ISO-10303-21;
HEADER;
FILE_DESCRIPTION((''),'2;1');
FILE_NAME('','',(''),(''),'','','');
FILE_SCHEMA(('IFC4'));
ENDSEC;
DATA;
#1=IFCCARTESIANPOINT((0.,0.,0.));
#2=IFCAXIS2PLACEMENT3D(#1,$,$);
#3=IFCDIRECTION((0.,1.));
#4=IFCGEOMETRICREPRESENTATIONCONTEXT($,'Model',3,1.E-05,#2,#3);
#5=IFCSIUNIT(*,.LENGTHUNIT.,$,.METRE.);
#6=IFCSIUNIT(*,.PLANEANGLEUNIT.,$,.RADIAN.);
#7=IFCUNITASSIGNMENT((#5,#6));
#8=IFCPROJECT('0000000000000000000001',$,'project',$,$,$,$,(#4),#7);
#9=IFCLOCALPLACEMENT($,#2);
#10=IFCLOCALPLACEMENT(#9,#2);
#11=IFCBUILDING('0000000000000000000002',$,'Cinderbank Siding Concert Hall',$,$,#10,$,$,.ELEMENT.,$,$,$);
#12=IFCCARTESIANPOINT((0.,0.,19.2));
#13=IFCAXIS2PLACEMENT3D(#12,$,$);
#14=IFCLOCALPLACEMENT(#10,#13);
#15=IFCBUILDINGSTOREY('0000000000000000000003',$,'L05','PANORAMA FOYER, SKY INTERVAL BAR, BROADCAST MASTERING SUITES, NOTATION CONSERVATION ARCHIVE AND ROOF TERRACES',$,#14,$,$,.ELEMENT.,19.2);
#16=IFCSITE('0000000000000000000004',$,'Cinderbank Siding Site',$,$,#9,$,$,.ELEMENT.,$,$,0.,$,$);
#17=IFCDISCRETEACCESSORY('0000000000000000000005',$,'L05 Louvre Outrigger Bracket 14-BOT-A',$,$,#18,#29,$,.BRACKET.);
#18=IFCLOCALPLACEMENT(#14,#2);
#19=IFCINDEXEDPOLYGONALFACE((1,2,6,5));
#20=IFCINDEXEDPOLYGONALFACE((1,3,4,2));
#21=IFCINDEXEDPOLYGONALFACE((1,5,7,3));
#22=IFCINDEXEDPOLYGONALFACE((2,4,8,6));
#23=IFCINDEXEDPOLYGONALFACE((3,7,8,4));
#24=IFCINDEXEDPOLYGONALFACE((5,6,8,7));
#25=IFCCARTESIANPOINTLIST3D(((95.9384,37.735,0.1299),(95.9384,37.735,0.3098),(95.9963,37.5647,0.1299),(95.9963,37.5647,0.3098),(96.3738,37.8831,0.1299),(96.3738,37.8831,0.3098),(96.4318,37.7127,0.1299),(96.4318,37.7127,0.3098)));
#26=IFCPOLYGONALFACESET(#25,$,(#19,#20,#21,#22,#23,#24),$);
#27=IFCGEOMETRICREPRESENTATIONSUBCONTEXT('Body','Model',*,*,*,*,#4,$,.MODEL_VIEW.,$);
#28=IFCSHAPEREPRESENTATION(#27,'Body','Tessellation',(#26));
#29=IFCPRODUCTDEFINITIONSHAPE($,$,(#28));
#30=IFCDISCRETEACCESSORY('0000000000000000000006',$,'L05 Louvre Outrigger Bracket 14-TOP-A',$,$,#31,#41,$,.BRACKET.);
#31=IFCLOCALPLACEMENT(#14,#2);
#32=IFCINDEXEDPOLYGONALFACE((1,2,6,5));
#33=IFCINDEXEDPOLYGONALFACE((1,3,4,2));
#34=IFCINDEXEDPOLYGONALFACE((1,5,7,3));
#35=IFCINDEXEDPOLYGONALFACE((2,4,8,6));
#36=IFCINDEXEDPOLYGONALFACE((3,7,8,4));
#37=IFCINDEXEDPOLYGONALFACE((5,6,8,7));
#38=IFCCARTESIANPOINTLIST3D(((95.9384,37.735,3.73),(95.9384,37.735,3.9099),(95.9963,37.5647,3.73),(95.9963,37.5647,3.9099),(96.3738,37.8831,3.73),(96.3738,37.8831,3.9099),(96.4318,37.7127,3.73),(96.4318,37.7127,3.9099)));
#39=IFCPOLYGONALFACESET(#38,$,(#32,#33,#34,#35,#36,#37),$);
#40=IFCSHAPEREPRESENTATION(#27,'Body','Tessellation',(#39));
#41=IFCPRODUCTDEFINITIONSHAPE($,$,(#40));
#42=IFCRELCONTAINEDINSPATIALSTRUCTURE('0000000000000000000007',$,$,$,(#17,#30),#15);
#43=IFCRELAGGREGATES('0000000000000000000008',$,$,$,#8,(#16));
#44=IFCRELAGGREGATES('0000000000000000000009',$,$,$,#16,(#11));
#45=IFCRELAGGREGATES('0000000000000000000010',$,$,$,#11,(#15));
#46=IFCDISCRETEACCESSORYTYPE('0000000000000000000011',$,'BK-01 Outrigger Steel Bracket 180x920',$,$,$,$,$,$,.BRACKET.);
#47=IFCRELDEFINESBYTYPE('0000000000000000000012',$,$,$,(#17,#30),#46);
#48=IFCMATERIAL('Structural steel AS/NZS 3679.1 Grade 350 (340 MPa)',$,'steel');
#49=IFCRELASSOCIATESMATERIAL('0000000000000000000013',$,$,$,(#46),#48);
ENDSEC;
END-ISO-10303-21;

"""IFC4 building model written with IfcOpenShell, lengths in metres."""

from ifc_helpers import new_model, si_unit, direction, frame, origin, origin_2d, place, context, subcontext, project, spatial, rectangle, extrude, material, type_object, element, save


model = new_model("IFC4")

# Units and contexts
model_context = context("Model", 3, precision=1e-05, world=origin(), true_north=direction((0.0, 1.0)))
body_context = subcontext(model_context, "Body", "Model", "MODEL_VIEW")
ifc_project = project(units=[si_unit("LENGTHUNIT", "METRE"), si_unit("PLANEANGLEUNIT", "RADIAN")], contexts=[model_context])

# Site, building, storey
site_placement = place(None, origin())
site = spatial("IfcSite", under=ifc_project, at=site_placement, Name="Cinderbank Siding Site", CompositionType="ELEMENT", RefElevation=0.0)
building_placement = place(site_placement, origin())
building = spatial("IfcBuilding", under=site, at=building_placement, Name="Cinderbank Siding Concert Hall", CompositionType="ELEMENT")
storey_placement = place(building_placement, frame((0.0, 0.0, 19.2)))
storey = spatial("IfcBuildingStorey", under=building, at=storey_placement, Name="L05", Description="PANORAMA FOYER, SKY INTERVAL BAR, BROADCAST MASTERING SUITES, NOTATION CONSERVATION ARCHIVE AND ROOF TERRACES", CompositionType="ELEMENT", Elevation=19.2)

# Shared definitions
ifc_material_1 = material(Name="Structural steel AS/NZS 3679.1 Grade 350 (340 MPa)", Category="steel")

# Discrete accessories
discrete_accessory_type = type_object("IfcDiscreteAccessoryType", Name="BK-01 Outrigger Steel Bracket 180x920", PredefinedType="BRACKET", material=ifc_material_1)
for number, where, z_axis, x_axis, name in (
    (1, (96.1851, 37.7239, 0.1299), (0.0, 0.0, 1.0), (-0.946765, -0.321924, 0.0), "L05 Louvre Outrigger Bracket 14-BOT-A"),
    (2, (96.1851, 37.7239, 3.73), (0.0, 0.0, 1.0), (-0.946765, -0.321924, 0.0), "L05 Louvre Outrigger Bracket 14-TOP-A"),
):
    element("IfcDiscreteAccessory", number, at=place(storey_placement, frame(where, z_axis=z_axis, x_axis=x_axis)), inside=storey, type_object=discrete_accessory_type, Name=name, PredefinedType="BRACKET", context=body_context, shape_type="SweptSolid", body=[
        extrude(rectangle(XDim=0.46, YDim=0.1799, at=origin_2d()), origin(), (0.0, 0.0, 1.0), 0.1799),
    ])

save(model, "model.ifc")
